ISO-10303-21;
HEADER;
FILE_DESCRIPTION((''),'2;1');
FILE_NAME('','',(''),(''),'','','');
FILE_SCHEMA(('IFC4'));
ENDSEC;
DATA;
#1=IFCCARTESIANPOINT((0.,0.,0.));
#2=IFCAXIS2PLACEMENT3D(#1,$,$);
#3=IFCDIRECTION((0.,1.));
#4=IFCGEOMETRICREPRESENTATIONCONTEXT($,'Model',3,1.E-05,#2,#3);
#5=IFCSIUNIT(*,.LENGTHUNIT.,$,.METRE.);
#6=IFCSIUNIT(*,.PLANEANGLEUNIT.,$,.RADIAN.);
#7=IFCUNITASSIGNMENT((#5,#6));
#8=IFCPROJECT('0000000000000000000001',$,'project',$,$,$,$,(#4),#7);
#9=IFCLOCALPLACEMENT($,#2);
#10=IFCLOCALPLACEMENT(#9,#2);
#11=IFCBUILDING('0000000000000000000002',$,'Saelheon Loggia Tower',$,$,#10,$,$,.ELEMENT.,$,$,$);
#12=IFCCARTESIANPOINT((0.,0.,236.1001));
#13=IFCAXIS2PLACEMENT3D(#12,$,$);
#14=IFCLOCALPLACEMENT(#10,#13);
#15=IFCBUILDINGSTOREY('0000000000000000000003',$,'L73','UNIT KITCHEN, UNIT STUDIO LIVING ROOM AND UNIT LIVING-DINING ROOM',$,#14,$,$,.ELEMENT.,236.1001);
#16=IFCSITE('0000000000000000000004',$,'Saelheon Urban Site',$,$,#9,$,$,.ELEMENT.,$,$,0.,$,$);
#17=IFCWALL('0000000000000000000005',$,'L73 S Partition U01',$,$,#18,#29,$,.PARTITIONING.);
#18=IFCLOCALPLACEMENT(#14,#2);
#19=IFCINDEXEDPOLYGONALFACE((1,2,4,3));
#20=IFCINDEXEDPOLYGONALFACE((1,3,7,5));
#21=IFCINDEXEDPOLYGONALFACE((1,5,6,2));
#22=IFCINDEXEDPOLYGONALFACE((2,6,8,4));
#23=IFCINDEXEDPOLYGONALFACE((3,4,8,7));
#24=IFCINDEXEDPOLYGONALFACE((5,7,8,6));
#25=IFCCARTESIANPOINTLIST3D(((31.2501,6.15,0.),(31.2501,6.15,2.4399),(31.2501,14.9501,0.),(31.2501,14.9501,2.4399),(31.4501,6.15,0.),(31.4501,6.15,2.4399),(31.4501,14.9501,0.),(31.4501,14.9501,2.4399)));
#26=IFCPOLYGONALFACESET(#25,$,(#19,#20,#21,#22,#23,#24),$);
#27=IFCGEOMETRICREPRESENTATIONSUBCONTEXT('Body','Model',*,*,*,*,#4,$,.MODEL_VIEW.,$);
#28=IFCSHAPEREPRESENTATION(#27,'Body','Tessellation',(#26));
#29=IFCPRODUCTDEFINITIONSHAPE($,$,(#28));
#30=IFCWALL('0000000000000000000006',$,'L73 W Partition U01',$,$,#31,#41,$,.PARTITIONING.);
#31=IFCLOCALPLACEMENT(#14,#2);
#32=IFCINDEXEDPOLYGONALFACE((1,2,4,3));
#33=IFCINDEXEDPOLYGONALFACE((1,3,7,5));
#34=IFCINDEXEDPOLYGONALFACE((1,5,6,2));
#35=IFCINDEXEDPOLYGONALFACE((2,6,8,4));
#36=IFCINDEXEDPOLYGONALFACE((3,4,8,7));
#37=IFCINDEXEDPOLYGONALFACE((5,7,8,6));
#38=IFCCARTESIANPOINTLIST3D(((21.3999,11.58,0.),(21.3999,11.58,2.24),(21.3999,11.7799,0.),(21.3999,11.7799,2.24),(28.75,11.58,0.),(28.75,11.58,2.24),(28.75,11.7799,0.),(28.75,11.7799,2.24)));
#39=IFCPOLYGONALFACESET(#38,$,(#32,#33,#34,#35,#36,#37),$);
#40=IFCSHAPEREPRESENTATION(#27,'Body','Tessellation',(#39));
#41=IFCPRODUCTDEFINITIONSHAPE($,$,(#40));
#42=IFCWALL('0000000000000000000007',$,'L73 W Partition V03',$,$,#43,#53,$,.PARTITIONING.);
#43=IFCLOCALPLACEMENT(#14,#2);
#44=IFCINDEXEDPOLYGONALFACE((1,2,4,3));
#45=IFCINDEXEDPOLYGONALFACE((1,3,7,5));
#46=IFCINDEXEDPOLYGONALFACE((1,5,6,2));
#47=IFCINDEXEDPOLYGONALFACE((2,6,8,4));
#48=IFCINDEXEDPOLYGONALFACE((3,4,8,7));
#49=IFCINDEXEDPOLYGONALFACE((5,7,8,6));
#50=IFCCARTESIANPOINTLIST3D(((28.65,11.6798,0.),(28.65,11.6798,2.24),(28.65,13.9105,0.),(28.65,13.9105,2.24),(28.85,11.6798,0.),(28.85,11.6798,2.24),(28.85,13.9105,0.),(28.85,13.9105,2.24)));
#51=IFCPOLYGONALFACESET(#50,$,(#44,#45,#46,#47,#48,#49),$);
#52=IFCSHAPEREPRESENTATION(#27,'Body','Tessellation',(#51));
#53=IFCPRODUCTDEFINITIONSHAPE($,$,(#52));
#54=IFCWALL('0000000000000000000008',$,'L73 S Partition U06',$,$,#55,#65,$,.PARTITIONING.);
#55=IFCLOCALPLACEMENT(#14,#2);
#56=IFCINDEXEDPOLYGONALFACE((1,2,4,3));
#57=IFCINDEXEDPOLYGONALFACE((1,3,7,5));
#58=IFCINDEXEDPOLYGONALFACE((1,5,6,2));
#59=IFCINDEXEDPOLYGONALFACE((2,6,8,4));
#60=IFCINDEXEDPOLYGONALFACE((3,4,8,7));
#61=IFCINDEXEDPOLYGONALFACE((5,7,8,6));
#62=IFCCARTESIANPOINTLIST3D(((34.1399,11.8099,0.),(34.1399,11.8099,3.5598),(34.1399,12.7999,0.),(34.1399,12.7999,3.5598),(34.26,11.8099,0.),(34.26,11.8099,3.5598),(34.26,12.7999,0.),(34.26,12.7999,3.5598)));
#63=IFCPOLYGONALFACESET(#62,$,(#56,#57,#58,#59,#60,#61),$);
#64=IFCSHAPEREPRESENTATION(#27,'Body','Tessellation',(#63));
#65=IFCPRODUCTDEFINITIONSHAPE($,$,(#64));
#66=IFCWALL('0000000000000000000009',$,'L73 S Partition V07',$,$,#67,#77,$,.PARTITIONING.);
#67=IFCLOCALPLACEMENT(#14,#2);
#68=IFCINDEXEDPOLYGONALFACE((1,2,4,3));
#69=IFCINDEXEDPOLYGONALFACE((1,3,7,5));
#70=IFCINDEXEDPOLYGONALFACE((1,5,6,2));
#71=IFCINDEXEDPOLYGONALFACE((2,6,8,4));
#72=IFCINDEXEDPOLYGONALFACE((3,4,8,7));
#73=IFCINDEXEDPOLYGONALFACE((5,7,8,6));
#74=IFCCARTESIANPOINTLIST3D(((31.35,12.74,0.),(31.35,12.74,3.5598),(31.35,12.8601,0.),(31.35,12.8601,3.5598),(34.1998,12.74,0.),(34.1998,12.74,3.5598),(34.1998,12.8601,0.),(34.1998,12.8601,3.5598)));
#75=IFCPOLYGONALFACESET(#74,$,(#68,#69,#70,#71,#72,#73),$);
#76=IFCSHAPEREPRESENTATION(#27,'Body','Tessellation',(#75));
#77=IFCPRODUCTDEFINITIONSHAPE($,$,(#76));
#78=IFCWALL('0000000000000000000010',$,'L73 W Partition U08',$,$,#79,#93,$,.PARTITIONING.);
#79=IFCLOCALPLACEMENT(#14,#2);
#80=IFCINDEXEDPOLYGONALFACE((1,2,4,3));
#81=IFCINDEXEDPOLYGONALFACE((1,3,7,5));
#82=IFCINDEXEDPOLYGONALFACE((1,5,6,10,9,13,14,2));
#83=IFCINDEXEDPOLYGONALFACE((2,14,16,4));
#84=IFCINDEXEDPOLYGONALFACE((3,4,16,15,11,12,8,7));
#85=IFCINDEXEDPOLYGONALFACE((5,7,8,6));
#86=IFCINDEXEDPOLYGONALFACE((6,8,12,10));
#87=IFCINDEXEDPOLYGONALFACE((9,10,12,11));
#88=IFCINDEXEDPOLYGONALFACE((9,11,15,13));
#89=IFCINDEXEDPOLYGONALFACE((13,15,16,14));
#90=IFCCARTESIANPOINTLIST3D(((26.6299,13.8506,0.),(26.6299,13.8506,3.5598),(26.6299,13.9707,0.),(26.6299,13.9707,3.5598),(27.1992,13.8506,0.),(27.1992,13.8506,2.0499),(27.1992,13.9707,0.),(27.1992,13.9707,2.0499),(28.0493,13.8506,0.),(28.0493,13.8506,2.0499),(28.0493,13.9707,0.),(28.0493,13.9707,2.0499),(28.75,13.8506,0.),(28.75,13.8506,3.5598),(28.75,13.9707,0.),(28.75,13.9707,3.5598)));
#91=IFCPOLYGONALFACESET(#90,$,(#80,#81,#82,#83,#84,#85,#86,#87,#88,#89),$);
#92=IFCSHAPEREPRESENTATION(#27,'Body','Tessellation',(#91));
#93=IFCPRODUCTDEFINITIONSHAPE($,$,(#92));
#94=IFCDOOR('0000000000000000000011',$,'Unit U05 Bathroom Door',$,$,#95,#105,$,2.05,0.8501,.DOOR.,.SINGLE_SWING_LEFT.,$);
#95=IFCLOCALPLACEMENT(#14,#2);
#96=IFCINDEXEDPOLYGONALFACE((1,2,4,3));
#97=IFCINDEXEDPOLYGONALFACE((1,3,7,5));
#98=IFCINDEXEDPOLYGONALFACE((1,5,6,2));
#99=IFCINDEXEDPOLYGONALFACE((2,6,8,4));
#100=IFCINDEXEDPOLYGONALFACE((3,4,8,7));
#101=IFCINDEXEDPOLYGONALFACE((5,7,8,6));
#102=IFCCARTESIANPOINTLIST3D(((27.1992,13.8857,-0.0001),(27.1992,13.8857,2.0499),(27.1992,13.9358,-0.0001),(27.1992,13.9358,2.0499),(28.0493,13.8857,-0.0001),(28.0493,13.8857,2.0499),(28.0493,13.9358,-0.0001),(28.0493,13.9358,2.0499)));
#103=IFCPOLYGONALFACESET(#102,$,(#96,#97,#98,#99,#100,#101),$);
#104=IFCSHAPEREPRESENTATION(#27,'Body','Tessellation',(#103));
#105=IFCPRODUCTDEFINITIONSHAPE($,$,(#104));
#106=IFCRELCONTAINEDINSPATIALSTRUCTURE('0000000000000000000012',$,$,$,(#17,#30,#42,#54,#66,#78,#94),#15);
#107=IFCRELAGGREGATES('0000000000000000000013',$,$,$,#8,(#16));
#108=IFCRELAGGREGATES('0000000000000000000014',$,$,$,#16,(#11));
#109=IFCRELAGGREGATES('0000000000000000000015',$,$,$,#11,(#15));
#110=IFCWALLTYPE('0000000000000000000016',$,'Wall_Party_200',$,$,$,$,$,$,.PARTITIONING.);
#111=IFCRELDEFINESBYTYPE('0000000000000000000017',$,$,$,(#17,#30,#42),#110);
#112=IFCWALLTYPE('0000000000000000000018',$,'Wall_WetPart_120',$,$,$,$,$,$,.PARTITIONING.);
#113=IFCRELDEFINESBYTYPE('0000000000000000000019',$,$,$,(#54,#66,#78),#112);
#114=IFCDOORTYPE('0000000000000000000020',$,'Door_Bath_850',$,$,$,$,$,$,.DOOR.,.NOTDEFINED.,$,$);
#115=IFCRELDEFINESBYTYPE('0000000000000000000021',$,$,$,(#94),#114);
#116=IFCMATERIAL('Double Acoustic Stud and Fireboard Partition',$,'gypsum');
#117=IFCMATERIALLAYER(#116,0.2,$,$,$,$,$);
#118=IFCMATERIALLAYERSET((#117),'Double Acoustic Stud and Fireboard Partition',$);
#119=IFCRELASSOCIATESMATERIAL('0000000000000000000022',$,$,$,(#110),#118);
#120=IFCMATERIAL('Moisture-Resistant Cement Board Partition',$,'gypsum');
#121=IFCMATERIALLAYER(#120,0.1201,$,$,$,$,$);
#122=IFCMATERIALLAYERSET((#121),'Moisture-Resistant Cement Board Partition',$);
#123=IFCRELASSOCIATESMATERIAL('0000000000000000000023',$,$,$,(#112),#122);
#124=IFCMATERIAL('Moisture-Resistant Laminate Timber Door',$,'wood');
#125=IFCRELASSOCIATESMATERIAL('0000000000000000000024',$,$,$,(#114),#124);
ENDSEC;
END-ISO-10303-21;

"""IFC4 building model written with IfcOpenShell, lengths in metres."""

from ifc_helpers import new_model, si_unit, direction, frame, frame_2d, origin, place, context, subcontext, project, spatial, rectangle, extrude, source, transform, mapped, material, layer, layer_set, type_object, element, fill, save


model = new_model("IFC4")

# Units and contexts
model_context = context("Model", 3, precision=1e-05, world=origin(), true_north=direction((0.0, 1.0)))
body_context = subcontext(model_context, "Body", "Model", "MODEL_VIEW")
ifc_project = project(units=[si_unit("LENGTHUNIT", "METRE"), si_unit("PLANEANGLEUNIT", "RADIAN")], contexts=[model_context])

# Site, building, storey
site_placement = place(None, origin())
site = spatial("IfcSite", under=ifc_project, at=site_placement, Name="Saelheon Urban Site", CompositionType="ELEMENT", RefElevation=0.0)
building_placement = place(site_placement, origin())
building = spatial("IfcBuilding", under=site, at=building_placement, Name="Saelheon Loggia Tower", CompositionType="ELEMENT")
storey_placement = place(building_placement, frame((0.0, 0.0, 236.1001)))
storey = spatial("IfcBuildingStorey", under=building, at=storey_placement, Name="L73", Description="UNIT KITCHEN, UNIT STUDIO LIVING ROOM AND UNIT LIVING-DINING ROOM", CompositionType="ELEMENT", Elevation=236.1001)

# Walls
ifc_material_1 = material(Name="Double Acoustic Stud and Fireboard Partition", Category="gypsum")
ifc_layer_1 = layer(ifc_material_1, 0.2)
ifc_layer_set_1 = layer_set([ifc_layer_1], Name="Double Acoustic Stud and Fireboard Partition")
wall_type_1 = type_object("IfcWallType", Name="Wall_Party_200", PredefinedType="PARTITIONING", material=ifc_layer_set_1)
wall_1_placement = place(storey_placement, frame((31.3501, 14.95, 0.0), z_axis=(0.0, 0.0, 1.0), x_axis=(0.0, -1.0, 0.0)))
element("IfcWall", 1, at=wall_1_placement, inside=storey, type_object=wall_type_1, Name="L73 S Partition U01", PredefinedType="PARTITIONING", context=body_context, shape_type="SweptSolid", body=[
    extrude(rectangle(XDim=8.8, YDim=0.2, at=frame_2d((4.3999, 0.0))), origin(), (0.0, 0.0, 1.0), 2.4399),
])
wall_2_placement = place(storey_placement, frame((28.75, 11.6799, 0.0), z_axis=(0.0, 0.0, 1.0), x_axis=(-1.0, 0.0, 0.0)))
element("IfcWall", 2, at=wall_2_placement, inside=storey, type_object=wall_type_1, Name="L73 W Partition U01", PredefinedType="PARTITIONING", context=body_context, shape_type="SweptSolid", body=[
    extrude(rectangle(XDim=7.3501, YDim=0.2, at=frame_2d((3.675, 0.0))), origin(), (0.0, 0.0, 1.0), 2.24),
])
wall_3_placement = place(storey_placement, frame((28.75, 11.6799, 0.0), z_axis=(0.0, 0.0, 1.0), x_axis=(0.0, 1.0, 0.0)))
element("IfcWall", 3, at=wall_3_placement, inside=storey, type_object=wall_type_1, Name="L73 W Partition V03", PredefinedType="PARTITIONING", context=body_context, shape_type="SweptSolid", body=[
    extrude(rectangle(XDim=2.2307, YDim=0.2, at=frame_2d((1.1152, 0.0))), origin(), (0.0, 0.0, 1.0), 2.24),
])

# Walls
ifc_material_2 = material(Name="Moisture-Resistant Cement Board Partition", Category="gypsum")
ifc_layer_2 = layer(ifc_material_2, 0.1201)
ifc_layer_set_2 = layer_set([ifc_layer_2], Name="Moisture-Resistant Cement Board Partition")
wall_type_2 = type_object("IfcWallType", Name="Wall_WetPart_120", PredefinedType="PARTITIONING", material=ifc_layer_set_2)
wall_4_placement = place(storey_placement, frame((34.2, 12.8, 0.0), z_axis=(0.0, 0.0, 1.0), x_axis=(0.0, -1.0, 0.0)))
element("IfcWall", 4, at=wall_4_placement, inside=storey, type_object=wall_type_2, Name="L73 S Partition U06", PredefinedType="PARTITIONING", context=body_context, shape_type="SweptSolid", body=[
    extrude(rectangle(XDim=0.99, YDim=0.1201, at=frame_2d((0.4951, 0.0))), origin(), (0.0, 0.0, 1.0), 3.5598),
])
wall_5_placement = place(storey_placement, frame((31.3501, 12.8, 0.0), z_axis=(0.0, 0.0, 1.0), x_axis=(1.0, 0.0, 0.0)))
element("IfcWall", 5, at=wall_5_placement, inside=storey, type_object=wall_type_2, Name="L73 S Partition V07", PredefinedType="PARTITIONING", context=body_context, shape_type="SweptSolid", body=[
    extrude(rectangle(XDim=2.8499, YDim=0.1201, at=frame_2d((1.4248, 0.0))), origin(), (0.0, 0.0, 1.0), 3.5598),
])

# Wall, opening, door
wall_6_placement = place(storey_placement, frame((28.75, 13.9106, 0.0), z_axis=(0.0, 0.0, 1.0), x_axis=(-1.0, 0.0, 0.0)))
wall_6 = element("IfcWall", 6, at=wall_6_placement, inside=storey, type_object=wall_type_2, Name="L73 W Partition U08", PredefinedType="PARTITIONING", context=body_context, shape_type="SweptSolid", body=[
    extrude(rectangle(XDim=2.1201, YDim=0.1201, at=frame_2d((1.0601, 0.0))), origin(), (0.0, 0.0, 1.0), 3.5598),
])
opening_1_placement = place(wall_6_placement, frame((0.7007, 0.0, 0.0)))
opening_1 = element("IfcOpeningElement", 7, at=opening_1_placement, cuts=wall_6, PredefinedType="OPENING", context=body_context, shape_type="SweptSolid", body=[
    extrude(rectangle(XDim=0.8501, YDim=2.05, at=frame_2d((0.425, 1.0249))), frame((0.0, 0.072, 0.0), z_axis=(0.0, -1.0, 0.0), x_axis=(1.0, 0.0, 0.0)), (0.0, 0.0, 1.0), 0.144),
])
ifc_material_3 = material(Name="Moisture-Resistant Laminate Timber Door", Category="wood")
door_type_1 = type_object("IfcDoorType", Name="Door_Bath_850", OperationType="NOTDEFINED", PredefinedType="DOOR", material=ifc_material_3)
shared_shape_1 = source(origin(), body_context, "Body", "SweptSolid", [
    extrude(rectangle(XDim=0.8501, YDim=2.05, at=frame_2d((0.425, 1.0249))), frame((0.0, 0.0249, 0.0), z_axis=(0.0, -1.0, 0.0), x_axis=(1.0, 0.0, 0.0)), (0.0, 0.0, 1.0), 0.05),
])
door_1_placement = place(opening_1_placement, origin())
door_1 = element("IfcDoor", 8, at=door_1_placement, inside=storey, type_object=door_type_1, Name="Unit U05 Bathroom Door", OperationType="SINGLE_SWING_LEFT", OverallHeight=2.05, OverallWidth=0.8501, PredefinedType="DOOR", context=body_context, shape_type="MappedRepresentation", body=[
    mapped(shared_shape_1, transform((0.0, 0.0, 0.0), scale=1.0)),
])
fill(opening_1, door_1)

save(model, "model.ifc")
